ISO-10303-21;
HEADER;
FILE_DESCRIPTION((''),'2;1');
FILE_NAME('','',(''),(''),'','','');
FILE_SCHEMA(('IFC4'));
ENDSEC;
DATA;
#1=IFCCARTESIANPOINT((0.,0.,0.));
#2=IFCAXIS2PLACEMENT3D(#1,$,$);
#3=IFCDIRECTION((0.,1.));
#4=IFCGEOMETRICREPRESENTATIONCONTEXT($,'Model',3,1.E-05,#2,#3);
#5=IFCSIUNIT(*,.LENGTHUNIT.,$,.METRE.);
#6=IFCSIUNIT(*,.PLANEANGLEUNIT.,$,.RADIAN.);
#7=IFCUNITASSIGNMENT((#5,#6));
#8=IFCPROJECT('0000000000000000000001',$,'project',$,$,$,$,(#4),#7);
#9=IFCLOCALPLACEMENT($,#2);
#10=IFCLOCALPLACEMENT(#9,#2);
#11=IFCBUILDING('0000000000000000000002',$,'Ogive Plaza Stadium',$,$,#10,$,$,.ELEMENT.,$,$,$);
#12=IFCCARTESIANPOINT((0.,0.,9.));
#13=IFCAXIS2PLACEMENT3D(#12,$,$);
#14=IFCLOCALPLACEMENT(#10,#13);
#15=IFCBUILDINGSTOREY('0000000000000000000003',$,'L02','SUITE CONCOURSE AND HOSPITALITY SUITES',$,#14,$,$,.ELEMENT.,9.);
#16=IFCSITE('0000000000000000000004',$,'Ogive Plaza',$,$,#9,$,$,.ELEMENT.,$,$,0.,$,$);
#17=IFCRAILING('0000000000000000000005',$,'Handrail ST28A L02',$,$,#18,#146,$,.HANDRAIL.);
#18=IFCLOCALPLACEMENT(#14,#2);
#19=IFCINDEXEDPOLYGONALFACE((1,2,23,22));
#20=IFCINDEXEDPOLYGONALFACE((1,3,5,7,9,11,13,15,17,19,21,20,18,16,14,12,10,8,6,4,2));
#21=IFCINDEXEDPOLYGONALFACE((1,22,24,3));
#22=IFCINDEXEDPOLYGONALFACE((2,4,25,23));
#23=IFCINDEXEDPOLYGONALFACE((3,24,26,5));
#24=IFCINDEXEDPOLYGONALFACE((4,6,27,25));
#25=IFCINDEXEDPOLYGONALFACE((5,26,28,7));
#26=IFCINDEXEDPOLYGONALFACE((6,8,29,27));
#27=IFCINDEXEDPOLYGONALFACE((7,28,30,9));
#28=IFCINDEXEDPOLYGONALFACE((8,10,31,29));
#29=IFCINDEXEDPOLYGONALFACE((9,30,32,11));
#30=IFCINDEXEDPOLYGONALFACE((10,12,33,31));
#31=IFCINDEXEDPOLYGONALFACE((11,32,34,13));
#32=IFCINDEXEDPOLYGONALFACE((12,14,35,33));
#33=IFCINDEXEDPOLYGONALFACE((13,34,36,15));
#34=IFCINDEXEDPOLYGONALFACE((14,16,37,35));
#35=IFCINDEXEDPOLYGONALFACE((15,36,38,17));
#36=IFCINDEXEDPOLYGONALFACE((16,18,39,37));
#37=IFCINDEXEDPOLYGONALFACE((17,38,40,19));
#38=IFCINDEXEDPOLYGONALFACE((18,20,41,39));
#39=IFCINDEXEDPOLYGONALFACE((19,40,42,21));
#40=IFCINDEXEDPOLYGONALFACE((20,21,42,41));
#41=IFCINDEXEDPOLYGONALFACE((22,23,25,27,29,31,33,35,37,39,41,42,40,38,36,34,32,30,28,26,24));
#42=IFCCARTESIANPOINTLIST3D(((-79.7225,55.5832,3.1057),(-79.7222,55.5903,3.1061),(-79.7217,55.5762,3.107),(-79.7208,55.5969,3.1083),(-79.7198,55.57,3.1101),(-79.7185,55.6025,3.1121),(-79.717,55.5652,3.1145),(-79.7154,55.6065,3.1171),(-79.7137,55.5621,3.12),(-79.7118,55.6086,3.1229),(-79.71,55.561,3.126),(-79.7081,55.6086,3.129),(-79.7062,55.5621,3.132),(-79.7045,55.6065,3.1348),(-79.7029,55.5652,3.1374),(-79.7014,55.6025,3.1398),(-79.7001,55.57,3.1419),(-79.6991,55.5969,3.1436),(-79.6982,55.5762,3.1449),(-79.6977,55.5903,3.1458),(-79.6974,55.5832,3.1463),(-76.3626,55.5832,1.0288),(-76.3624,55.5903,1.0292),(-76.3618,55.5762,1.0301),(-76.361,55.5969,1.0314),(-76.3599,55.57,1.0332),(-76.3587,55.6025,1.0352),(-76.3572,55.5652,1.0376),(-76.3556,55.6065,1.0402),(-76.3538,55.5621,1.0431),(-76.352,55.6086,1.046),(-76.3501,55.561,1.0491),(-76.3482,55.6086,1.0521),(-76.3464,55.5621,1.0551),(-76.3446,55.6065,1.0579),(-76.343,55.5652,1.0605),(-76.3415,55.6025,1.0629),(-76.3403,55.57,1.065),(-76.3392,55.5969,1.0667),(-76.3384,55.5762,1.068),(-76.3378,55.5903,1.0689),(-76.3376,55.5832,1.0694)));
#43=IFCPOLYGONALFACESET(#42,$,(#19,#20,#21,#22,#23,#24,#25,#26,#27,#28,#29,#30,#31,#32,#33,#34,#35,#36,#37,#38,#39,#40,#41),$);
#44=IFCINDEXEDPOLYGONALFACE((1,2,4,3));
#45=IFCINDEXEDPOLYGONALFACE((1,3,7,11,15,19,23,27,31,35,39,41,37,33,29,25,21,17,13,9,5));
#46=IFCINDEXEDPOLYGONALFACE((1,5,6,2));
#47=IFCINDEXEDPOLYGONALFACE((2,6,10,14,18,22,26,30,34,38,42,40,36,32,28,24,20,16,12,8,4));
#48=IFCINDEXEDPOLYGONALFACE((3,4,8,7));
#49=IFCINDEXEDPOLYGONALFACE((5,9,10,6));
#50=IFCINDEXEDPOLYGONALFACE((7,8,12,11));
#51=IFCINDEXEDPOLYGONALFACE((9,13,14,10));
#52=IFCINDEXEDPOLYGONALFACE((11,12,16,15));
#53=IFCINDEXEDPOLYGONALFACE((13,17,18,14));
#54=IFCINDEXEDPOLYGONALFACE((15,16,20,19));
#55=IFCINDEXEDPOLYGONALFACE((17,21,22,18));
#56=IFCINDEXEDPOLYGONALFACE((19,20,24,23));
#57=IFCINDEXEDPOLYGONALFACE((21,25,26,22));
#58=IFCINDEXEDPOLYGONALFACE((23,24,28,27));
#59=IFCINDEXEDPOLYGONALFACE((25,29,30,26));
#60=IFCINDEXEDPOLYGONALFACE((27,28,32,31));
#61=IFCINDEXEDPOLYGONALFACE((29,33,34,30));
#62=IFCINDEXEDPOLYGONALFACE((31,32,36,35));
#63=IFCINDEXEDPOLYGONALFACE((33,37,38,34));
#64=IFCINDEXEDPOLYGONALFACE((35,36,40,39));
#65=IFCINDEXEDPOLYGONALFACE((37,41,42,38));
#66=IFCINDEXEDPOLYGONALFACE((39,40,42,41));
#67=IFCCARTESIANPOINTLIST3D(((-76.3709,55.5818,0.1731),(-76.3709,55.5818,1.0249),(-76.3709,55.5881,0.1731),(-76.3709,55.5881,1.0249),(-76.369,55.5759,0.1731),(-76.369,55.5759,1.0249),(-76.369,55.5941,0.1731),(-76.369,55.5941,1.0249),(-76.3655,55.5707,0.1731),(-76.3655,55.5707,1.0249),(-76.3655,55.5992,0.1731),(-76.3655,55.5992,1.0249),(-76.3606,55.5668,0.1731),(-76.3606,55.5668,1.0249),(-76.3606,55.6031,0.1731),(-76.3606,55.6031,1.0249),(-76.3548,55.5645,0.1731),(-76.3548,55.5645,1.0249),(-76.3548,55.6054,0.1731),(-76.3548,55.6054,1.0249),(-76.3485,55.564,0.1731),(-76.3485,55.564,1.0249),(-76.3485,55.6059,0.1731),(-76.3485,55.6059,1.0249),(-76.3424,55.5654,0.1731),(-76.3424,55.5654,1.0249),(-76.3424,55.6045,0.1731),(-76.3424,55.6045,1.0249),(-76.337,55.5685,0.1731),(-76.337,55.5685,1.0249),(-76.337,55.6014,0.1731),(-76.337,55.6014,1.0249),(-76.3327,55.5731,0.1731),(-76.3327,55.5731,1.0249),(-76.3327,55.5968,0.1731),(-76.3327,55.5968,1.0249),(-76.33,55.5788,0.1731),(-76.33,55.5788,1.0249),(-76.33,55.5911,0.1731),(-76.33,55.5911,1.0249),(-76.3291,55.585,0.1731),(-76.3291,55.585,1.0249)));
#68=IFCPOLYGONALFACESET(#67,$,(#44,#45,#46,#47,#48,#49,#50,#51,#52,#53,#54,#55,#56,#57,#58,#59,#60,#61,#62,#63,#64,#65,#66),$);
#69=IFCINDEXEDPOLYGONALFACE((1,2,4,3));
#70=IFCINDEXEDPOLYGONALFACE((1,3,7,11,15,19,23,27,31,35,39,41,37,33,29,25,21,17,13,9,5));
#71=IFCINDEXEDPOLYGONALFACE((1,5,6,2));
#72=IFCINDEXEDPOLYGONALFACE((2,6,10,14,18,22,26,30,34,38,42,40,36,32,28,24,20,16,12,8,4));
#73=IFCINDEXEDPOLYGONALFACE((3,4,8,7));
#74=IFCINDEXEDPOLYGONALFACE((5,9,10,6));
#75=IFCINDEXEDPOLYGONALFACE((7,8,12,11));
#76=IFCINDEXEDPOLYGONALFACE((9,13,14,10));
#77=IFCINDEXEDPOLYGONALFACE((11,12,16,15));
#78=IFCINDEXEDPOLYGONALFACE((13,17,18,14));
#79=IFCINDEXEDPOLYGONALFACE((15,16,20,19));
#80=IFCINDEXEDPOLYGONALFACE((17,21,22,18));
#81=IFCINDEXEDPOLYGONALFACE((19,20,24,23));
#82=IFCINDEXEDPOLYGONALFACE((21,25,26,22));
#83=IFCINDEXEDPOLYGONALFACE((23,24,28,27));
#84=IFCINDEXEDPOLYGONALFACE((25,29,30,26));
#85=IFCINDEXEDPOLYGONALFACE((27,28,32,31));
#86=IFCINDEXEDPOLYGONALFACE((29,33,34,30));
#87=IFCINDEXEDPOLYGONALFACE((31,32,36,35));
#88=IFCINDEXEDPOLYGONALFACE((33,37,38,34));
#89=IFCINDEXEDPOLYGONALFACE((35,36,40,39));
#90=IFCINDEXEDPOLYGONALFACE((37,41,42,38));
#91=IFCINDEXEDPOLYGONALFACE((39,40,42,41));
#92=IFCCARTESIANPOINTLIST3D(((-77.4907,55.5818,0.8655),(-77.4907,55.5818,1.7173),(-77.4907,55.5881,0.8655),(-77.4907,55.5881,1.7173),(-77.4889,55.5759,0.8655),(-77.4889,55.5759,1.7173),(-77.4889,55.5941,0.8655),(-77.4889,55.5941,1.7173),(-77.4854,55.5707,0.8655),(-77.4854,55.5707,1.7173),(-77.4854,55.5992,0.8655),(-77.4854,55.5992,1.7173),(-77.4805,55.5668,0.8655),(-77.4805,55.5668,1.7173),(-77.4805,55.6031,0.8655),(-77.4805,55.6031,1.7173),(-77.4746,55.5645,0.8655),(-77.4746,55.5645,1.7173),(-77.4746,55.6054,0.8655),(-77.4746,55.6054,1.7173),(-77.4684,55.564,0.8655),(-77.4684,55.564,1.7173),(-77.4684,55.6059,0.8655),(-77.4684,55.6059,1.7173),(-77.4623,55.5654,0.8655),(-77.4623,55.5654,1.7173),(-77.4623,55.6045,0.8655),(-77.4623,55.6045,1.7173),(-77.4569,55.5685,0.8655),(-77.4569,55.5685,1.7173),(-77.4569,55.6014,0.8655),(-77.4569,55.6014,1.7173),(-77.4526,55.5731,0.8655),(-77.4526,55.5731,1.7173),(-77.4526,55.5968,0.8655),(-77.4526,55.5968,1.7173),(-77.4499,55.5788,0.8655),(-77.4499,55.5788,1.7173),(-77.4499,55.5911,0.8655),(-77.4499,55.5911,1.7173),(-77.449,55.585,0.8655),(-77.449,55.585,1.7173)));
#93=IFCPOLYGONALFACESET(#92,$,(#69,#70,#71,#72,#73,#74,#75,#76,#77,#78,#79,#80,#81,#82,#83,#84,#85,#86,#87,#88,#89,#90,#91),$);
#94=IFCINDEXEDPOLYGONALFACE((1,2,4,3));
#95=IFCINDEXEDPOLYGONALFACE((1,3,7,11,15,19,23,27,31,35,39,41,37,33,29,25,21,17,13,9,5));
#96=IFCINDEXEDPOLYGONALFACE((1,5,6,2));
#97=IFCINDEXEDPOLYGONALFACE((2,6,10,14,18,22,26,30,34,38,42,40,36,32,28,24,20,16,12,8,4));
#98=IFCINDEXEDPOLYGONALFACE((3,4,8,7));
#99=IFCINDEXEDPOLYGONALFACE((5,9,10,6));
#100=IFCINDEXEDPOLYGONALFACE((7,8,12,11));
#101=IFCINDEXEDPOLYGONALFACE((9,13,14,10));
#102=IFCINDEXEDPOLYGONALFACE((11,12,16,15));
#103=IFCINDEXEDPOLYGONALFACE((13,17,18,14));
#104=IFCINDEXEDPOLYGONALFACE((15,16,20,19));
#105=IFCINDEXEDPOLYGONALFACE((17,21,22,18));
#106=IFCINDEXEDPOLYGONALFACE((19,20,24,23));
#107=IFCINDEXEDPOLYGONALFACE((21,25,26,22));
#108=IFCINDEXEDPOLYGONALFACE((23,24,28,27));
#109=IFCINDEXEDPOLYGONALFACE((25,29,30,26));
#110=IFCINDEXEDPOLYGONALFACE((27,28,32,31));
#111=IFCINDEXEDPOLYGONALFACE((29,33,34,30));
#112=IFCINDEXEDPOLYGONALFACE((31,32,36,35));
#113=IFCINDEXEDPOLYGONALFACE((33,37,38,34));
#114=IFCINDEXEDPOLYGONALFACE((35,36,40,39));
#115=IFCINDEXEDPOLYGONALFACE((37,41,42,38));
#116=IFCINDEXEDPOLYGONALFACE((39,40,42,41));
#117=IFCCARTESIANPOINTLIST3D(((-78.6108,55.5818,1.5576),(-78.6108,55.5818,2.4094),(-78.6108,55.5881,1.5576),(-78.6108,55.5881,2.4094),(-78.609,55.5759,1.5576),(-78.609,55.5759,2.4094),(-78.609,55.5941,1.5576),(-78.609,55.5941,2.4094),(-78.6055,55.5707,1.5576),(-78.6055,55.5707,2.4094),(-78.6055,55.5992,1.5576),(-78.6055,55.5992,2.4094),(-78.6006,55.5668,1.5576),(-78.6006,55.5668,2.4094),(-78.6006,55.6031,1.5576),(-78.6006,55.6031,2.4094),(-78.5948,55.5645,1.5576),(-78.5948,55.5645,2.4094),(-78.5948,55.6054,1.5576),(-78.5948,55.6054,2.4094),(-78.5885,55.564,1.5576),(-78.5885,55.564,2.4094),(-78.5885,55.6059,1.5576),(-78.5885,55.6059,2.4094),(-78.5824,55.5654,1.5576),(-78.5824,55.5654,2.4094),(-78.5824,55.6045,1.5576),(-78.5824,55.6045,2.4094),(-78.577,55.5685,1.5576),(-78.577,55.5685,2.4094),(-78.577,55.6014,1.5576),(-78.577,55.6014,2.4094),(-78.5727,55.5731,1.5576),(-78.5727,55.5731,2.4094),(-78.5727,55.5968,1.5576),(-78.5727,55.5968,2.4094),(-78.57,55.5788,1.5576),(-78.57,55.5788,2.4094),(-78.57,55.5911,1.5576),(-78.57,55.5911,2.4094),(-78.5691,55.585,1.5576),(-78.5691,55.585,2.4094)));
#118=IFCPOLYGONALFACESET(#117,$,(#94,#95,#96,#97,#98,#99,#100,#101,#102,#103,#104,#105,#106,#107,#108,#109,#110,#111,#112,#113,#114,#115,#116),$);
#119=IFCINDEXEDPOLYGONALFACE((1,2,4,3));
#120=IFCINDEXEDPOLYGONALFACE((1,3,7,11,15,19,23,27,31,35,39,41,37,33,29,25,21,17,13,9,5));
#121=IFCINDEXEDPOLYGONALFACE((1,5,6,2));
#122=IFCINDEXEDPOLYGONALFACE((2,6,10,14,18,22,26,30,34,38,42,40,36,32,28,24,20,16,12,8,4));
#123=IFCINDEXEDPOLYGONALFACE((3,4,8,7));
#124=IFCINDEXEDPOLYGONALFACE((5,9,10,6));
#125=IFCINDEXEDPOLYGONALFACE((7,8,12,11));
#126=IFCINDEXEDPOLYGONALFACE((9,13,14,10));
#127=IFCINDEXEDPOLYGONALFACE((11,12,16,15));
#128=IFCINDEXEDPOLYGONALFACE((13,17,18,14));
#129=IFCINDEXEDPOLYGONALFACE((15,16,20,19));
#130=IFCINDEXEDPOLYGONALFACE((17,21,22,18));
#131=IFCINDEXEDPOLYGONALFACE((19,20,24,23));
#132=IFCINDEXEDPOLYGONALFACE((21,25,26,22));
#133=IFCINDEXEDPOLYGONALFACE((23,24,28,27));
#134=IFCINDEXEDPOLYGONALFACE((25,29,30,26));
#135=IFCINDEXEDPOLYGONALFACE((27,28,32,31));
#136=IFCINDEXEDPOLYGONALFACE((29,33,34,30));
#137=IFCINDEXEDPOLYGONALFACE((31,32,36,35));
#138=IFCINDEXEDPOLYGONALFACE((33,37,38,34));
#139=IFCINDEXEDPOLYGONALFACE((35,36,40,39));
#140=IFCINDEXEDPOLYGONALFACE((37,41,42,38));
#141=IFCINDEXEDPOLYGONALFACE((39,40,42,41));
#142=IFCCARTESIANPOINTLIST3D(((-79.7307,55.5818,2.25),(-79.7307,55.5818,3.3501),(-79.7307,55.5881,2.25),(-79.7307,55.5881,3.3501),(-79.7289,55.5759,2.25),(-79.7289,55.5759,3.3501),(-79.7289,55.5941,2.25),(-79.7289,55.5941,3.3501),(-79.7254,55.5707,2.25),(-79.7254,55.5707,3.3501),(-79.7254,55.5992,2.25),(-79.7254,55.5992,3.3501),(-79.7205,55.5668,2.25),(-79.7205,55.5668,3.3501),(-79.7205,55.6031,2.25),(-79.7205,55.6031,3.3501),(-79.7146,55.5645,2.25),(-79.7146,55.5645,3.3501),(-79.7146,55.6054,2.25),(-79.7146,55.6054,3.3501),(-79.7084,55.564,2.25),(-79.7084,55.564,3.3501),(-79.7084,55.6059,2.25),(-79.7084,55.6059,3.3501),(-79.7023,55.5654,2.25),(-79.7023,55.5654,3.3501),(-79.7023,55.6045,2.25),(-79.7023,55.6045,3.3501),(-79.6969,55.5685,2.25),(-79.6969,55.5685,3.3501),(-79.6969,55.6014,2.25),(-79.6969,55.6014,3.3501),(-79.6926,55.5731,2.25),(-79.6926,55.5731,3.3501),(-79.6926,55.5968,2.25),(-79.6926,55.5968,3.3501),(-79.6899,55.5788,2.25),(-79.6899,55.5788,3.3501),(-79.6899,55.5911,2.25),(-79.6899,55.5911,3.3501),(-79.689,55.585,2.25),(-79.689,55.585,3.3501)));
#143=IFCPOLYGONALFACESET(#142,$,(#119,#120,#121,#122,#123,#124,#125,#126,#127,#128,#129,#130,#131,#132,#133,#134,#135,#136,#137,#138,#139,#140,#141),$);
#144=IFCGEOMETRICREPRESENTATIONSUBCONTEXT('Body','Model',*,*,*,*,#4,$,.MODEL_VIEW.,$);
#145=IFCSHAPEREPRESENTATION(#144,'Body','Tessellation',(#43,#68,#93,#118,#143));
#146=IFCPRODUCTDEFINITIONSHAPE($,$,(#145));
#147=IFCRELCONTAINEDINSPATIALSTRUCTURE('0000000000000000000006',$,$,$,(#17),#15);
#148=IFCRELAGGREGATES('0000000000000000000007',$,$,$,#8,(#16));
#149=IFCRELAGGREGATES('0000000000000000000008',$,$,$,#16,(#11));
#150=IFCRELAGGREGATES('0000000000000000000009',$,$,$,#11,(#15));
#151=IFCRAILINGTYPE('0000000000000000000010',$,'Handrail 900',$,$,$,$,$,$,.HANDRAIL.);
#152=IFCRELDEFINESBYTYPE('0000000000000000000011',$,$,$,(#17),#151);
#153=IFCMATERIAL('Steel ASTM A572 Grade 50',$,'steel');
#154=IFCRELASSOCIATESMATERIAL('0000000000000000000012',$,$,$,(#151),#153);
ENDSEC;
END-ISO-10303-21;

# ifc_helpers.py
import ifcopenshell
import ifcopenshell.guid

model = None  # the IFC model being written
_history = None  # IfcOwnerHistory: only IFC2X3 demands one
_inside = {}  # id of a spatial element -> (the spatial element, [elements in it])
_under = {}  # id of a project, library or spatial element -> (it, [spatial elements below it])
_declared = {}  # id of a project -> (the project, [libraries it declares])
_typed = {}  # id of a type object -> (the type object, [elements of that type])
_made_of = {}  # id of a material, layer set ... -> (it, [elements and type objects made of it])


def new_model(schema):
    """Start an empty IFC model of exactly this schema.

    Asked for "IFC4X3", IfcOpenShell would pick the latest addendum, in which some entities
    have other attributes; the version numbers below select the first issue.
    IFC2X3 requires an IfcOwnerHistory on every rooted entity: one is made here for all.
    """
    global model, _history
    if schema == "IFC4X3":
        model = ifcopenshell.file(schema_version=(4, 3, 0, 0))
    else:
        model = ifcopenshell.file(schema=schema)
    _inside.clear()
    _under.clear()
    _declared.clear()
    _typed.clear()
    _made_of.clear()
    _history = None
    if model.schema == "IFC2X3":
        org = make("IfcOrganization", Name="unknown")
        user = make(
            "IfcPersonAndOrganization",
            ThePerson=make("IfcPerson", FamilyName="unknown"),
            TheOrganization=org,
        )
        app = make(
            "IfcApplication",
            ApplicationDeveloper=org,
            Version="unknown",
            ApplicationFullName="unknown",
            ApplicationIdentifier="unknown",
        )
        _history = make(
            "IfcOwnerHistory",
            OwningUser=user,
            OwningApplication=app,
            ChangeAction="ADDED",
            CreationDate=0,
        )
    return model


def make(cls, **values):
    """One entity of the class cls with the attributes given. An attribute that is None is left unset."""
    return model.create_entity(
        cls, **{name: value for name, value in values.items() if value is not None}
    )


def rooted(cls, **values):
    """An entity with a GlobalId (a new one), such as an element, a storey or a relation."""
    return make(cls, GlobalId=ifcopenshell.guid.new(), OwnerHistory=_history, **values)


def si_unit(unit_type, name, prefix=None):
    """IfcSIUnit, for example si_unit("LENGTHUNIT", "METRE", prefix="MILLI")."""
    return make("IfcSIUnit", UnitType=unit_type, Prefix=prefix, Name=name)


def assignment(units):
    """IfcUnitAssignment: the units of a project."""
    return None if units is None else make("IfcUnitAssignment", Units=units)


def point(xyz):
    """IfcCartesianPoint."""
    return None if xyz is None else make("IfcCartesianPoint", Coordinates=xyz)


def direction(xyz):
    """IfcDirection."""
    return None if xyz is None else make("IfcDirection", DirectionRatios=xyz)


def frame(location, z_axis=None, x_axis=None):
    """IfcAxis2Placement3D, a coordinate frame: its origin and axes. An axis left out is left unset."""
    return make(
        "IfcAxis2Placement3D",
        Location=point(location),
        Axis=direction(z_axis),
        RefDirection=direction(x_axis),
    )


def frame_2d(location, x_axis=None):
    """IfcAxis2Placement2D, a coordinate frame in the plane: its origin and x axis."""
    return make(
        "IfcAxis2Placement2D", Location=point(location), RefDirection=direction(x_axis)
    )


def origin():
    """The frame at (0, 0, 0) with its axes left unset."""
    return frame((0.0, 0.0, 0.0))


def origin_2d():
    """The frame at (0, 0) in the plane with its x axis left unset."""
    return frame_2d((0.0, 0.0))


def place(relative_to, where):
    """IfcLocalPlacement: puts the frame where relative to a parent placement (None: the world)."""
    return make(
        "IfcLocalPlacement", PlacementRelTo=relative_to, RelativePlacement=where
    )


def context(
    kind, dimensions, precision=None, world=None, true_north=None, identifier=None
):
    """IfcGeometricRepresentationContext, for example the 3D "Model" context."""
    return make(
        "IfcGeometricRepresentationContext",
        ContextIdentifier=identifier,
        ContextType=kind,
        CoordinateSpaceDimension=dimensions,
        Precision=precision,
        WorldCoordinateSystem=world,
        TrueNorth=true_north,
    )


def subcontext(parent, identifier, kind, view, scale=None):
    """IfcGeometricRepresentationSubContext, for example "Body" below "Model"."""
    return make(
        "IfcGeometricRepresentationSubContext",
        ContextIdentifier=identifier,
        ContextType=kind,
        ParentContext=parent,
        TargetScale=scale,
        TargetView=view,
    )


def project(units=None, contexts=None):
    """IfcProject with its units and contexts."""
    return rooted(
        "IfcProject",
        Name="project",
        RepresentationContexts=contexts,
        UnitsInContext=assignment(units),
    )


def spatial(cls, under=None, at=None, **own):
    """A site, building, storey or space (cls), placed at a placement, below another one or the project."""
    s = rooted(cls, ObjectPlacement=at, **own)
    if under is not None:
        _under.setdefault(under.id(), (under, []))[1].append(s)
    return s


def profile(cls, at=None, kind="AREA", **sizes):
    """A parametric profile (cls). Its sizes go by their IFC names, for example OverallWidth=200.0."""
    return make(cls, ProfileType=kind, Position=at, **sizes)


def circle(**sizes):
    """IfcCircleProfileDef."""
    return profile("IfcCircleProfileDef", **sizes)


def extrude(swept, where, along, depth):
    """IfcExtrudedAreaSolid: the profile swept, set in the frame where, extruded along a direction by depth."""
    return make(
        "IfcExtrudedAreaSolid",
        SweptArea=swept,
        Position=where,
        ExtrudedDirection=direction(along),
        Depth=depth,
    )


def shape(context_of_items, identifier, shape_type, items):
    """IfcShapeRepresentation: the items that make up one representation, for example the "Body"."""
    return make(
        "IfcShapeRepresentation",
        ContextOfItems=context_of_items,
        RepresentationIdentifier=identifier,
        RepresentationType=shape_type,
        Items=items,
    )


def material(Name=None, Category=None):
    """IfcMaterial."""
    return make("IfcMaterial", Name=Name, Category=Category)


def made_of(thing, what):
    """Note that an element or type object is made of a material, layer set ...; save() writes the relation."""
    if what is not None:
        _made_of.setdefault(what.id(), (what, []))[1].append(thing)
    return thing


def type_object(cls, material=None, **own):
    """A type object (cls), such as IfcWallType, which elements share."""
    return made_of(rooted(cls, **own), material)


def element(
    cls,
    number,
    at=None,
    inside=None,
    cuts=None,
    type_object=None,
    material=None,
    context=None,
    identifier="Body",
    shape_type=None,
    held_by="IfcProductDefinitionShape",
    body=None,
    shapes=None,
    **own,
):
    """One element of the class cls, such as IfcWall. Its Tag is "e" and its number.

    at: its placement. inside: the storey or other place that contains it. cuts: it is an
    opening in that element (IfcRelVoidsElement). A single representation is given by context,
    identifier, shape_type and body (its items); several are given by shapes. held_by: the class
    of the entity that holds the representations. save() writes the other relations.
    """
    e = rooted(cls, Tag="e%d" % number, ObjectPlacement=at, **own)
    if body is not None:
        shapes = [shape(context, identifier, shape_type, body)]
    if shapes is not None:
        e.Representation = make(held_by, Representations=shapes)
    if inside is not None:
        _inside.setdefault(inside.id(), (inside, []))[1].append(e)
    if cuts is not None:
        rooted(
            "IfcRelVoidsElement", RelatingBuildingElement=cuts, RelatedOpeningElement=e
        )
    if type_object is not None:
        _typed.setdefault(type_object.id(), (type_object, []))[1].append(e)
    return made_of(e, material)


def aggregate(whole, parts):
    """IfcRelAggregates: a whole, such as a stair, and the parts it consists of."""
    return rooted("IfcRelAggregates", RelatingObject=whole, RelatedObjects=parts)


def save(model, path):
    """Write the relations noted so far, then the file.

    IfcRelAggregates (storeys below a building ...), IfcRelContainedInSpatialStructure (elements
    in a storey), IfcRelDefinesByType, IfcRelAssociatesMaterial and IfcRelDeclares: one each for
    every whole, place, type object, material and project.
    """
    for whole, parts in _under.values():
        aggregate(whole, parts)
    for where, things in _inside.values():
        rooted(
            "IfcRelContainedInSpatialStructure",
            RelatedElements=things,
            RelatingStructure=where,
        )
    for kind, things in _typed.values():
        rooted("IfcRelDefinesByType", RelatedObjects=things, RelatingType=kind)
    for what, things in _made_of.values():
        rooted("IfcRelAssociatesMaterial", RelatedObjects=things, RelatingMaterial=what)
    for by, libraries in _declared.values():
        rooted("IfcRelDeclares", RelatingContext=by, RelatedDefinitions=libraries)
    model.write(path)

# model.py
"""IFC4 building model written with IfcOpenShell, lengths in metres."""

from ifc_helpers import new_model, si_unit, direction, frame, origin, origin_2d, place, context, subcontext, project, spatial, circle, extrude, material, type_object, element, save


model = new_model("IFC4")

# Units and contexts
model_context = context("Model", 3, precision=1e-05, world=origin(), true_north=direction((0.0, 1.0)))
body_context = subcontext(model_context, "Body", "Model", "MODEL_VIEW")
ifc_project = project(units=[si_unit("LENGTHUNIT", "METRE"), si_unit("PLANEANGLEUNIT", "RADIAN")], contexts=[model_context])

# Site, building, storey
site_placement = place(None, origin())
site = spatial("IfcSite", under=ifc_project, at=site_placement, Name="Ogive Plaza", CompositionType="ELEMENT", RefElevation=0.0)
building_placement = place(site_placement, origin())
building = spatial("IfcBuilding", under=site, at=building_placement, Name="Ogive Plaza Stadium", CompositionType="ELEMENT")
storey_placement = place(building_placement, frame((0.0, 0.0, 9.0)))
storey = spatial("IfcBuildingStorey", under=building, at=storey_placement, Name="L02", Description="SUITE CONCOURSE AND HOSPITALITY SUITES", CompositionType="ELEMENT", Elevation=9.0)

# Railing
ifc_material_1 = material(Name="Steel ASTM A572 Grade 50", Category="steel")
railing_type_1 = type_object("IfcRailingType", Name="Handrail 900", PredefinedType="HANDRAIL", material=ifc_material_1)
for number, where, name in (
    (1, (-76.3501, 55.585, 0.1731), "Handrail ST28A L02"),
):
    element("IfcRailing", number, at=place(storey_placement, frame(where)), inside=storey, type_object=railing_type_1, Name=name, PredefinedType="HANDRAIL", context=body_context, shape_type="SweptSolid", body=[
        extrude(circle(Radius=0.0239, at=origin_2d()), frame((0.0, 0.0, 0.876), z_axis=(-0.850606, 0.0, 0.525803), x_axis=(0.0, -1.0, 0.0)), (0.0, 0.0, 1.0), 3.95),
        extrude(circle(Radius=0.021, at=origin_2d()), origin(), (0.0, 0.0, 1.0), 0.8518),
        extrude(circle(Radius=0.021, at=origin_2d()), frame((-1.1199, 0.0, 0.6924)), (0.0, 0.0, 1.0), 0.8518),
        extrude(circle(Radius=0.021, at=origin_2d()), frame((-2.24, 0.0, 1.3845)), (0.0, 0.0, 1.0), 0.8518),
        extrude(circle(Radius=0.021, at=origin_2d()), frame((-3.3599, 0.0, 2.0769)), (0.0, 0.0, 1.0), 1.1001),
    ])

save(model, "model.ifc")
